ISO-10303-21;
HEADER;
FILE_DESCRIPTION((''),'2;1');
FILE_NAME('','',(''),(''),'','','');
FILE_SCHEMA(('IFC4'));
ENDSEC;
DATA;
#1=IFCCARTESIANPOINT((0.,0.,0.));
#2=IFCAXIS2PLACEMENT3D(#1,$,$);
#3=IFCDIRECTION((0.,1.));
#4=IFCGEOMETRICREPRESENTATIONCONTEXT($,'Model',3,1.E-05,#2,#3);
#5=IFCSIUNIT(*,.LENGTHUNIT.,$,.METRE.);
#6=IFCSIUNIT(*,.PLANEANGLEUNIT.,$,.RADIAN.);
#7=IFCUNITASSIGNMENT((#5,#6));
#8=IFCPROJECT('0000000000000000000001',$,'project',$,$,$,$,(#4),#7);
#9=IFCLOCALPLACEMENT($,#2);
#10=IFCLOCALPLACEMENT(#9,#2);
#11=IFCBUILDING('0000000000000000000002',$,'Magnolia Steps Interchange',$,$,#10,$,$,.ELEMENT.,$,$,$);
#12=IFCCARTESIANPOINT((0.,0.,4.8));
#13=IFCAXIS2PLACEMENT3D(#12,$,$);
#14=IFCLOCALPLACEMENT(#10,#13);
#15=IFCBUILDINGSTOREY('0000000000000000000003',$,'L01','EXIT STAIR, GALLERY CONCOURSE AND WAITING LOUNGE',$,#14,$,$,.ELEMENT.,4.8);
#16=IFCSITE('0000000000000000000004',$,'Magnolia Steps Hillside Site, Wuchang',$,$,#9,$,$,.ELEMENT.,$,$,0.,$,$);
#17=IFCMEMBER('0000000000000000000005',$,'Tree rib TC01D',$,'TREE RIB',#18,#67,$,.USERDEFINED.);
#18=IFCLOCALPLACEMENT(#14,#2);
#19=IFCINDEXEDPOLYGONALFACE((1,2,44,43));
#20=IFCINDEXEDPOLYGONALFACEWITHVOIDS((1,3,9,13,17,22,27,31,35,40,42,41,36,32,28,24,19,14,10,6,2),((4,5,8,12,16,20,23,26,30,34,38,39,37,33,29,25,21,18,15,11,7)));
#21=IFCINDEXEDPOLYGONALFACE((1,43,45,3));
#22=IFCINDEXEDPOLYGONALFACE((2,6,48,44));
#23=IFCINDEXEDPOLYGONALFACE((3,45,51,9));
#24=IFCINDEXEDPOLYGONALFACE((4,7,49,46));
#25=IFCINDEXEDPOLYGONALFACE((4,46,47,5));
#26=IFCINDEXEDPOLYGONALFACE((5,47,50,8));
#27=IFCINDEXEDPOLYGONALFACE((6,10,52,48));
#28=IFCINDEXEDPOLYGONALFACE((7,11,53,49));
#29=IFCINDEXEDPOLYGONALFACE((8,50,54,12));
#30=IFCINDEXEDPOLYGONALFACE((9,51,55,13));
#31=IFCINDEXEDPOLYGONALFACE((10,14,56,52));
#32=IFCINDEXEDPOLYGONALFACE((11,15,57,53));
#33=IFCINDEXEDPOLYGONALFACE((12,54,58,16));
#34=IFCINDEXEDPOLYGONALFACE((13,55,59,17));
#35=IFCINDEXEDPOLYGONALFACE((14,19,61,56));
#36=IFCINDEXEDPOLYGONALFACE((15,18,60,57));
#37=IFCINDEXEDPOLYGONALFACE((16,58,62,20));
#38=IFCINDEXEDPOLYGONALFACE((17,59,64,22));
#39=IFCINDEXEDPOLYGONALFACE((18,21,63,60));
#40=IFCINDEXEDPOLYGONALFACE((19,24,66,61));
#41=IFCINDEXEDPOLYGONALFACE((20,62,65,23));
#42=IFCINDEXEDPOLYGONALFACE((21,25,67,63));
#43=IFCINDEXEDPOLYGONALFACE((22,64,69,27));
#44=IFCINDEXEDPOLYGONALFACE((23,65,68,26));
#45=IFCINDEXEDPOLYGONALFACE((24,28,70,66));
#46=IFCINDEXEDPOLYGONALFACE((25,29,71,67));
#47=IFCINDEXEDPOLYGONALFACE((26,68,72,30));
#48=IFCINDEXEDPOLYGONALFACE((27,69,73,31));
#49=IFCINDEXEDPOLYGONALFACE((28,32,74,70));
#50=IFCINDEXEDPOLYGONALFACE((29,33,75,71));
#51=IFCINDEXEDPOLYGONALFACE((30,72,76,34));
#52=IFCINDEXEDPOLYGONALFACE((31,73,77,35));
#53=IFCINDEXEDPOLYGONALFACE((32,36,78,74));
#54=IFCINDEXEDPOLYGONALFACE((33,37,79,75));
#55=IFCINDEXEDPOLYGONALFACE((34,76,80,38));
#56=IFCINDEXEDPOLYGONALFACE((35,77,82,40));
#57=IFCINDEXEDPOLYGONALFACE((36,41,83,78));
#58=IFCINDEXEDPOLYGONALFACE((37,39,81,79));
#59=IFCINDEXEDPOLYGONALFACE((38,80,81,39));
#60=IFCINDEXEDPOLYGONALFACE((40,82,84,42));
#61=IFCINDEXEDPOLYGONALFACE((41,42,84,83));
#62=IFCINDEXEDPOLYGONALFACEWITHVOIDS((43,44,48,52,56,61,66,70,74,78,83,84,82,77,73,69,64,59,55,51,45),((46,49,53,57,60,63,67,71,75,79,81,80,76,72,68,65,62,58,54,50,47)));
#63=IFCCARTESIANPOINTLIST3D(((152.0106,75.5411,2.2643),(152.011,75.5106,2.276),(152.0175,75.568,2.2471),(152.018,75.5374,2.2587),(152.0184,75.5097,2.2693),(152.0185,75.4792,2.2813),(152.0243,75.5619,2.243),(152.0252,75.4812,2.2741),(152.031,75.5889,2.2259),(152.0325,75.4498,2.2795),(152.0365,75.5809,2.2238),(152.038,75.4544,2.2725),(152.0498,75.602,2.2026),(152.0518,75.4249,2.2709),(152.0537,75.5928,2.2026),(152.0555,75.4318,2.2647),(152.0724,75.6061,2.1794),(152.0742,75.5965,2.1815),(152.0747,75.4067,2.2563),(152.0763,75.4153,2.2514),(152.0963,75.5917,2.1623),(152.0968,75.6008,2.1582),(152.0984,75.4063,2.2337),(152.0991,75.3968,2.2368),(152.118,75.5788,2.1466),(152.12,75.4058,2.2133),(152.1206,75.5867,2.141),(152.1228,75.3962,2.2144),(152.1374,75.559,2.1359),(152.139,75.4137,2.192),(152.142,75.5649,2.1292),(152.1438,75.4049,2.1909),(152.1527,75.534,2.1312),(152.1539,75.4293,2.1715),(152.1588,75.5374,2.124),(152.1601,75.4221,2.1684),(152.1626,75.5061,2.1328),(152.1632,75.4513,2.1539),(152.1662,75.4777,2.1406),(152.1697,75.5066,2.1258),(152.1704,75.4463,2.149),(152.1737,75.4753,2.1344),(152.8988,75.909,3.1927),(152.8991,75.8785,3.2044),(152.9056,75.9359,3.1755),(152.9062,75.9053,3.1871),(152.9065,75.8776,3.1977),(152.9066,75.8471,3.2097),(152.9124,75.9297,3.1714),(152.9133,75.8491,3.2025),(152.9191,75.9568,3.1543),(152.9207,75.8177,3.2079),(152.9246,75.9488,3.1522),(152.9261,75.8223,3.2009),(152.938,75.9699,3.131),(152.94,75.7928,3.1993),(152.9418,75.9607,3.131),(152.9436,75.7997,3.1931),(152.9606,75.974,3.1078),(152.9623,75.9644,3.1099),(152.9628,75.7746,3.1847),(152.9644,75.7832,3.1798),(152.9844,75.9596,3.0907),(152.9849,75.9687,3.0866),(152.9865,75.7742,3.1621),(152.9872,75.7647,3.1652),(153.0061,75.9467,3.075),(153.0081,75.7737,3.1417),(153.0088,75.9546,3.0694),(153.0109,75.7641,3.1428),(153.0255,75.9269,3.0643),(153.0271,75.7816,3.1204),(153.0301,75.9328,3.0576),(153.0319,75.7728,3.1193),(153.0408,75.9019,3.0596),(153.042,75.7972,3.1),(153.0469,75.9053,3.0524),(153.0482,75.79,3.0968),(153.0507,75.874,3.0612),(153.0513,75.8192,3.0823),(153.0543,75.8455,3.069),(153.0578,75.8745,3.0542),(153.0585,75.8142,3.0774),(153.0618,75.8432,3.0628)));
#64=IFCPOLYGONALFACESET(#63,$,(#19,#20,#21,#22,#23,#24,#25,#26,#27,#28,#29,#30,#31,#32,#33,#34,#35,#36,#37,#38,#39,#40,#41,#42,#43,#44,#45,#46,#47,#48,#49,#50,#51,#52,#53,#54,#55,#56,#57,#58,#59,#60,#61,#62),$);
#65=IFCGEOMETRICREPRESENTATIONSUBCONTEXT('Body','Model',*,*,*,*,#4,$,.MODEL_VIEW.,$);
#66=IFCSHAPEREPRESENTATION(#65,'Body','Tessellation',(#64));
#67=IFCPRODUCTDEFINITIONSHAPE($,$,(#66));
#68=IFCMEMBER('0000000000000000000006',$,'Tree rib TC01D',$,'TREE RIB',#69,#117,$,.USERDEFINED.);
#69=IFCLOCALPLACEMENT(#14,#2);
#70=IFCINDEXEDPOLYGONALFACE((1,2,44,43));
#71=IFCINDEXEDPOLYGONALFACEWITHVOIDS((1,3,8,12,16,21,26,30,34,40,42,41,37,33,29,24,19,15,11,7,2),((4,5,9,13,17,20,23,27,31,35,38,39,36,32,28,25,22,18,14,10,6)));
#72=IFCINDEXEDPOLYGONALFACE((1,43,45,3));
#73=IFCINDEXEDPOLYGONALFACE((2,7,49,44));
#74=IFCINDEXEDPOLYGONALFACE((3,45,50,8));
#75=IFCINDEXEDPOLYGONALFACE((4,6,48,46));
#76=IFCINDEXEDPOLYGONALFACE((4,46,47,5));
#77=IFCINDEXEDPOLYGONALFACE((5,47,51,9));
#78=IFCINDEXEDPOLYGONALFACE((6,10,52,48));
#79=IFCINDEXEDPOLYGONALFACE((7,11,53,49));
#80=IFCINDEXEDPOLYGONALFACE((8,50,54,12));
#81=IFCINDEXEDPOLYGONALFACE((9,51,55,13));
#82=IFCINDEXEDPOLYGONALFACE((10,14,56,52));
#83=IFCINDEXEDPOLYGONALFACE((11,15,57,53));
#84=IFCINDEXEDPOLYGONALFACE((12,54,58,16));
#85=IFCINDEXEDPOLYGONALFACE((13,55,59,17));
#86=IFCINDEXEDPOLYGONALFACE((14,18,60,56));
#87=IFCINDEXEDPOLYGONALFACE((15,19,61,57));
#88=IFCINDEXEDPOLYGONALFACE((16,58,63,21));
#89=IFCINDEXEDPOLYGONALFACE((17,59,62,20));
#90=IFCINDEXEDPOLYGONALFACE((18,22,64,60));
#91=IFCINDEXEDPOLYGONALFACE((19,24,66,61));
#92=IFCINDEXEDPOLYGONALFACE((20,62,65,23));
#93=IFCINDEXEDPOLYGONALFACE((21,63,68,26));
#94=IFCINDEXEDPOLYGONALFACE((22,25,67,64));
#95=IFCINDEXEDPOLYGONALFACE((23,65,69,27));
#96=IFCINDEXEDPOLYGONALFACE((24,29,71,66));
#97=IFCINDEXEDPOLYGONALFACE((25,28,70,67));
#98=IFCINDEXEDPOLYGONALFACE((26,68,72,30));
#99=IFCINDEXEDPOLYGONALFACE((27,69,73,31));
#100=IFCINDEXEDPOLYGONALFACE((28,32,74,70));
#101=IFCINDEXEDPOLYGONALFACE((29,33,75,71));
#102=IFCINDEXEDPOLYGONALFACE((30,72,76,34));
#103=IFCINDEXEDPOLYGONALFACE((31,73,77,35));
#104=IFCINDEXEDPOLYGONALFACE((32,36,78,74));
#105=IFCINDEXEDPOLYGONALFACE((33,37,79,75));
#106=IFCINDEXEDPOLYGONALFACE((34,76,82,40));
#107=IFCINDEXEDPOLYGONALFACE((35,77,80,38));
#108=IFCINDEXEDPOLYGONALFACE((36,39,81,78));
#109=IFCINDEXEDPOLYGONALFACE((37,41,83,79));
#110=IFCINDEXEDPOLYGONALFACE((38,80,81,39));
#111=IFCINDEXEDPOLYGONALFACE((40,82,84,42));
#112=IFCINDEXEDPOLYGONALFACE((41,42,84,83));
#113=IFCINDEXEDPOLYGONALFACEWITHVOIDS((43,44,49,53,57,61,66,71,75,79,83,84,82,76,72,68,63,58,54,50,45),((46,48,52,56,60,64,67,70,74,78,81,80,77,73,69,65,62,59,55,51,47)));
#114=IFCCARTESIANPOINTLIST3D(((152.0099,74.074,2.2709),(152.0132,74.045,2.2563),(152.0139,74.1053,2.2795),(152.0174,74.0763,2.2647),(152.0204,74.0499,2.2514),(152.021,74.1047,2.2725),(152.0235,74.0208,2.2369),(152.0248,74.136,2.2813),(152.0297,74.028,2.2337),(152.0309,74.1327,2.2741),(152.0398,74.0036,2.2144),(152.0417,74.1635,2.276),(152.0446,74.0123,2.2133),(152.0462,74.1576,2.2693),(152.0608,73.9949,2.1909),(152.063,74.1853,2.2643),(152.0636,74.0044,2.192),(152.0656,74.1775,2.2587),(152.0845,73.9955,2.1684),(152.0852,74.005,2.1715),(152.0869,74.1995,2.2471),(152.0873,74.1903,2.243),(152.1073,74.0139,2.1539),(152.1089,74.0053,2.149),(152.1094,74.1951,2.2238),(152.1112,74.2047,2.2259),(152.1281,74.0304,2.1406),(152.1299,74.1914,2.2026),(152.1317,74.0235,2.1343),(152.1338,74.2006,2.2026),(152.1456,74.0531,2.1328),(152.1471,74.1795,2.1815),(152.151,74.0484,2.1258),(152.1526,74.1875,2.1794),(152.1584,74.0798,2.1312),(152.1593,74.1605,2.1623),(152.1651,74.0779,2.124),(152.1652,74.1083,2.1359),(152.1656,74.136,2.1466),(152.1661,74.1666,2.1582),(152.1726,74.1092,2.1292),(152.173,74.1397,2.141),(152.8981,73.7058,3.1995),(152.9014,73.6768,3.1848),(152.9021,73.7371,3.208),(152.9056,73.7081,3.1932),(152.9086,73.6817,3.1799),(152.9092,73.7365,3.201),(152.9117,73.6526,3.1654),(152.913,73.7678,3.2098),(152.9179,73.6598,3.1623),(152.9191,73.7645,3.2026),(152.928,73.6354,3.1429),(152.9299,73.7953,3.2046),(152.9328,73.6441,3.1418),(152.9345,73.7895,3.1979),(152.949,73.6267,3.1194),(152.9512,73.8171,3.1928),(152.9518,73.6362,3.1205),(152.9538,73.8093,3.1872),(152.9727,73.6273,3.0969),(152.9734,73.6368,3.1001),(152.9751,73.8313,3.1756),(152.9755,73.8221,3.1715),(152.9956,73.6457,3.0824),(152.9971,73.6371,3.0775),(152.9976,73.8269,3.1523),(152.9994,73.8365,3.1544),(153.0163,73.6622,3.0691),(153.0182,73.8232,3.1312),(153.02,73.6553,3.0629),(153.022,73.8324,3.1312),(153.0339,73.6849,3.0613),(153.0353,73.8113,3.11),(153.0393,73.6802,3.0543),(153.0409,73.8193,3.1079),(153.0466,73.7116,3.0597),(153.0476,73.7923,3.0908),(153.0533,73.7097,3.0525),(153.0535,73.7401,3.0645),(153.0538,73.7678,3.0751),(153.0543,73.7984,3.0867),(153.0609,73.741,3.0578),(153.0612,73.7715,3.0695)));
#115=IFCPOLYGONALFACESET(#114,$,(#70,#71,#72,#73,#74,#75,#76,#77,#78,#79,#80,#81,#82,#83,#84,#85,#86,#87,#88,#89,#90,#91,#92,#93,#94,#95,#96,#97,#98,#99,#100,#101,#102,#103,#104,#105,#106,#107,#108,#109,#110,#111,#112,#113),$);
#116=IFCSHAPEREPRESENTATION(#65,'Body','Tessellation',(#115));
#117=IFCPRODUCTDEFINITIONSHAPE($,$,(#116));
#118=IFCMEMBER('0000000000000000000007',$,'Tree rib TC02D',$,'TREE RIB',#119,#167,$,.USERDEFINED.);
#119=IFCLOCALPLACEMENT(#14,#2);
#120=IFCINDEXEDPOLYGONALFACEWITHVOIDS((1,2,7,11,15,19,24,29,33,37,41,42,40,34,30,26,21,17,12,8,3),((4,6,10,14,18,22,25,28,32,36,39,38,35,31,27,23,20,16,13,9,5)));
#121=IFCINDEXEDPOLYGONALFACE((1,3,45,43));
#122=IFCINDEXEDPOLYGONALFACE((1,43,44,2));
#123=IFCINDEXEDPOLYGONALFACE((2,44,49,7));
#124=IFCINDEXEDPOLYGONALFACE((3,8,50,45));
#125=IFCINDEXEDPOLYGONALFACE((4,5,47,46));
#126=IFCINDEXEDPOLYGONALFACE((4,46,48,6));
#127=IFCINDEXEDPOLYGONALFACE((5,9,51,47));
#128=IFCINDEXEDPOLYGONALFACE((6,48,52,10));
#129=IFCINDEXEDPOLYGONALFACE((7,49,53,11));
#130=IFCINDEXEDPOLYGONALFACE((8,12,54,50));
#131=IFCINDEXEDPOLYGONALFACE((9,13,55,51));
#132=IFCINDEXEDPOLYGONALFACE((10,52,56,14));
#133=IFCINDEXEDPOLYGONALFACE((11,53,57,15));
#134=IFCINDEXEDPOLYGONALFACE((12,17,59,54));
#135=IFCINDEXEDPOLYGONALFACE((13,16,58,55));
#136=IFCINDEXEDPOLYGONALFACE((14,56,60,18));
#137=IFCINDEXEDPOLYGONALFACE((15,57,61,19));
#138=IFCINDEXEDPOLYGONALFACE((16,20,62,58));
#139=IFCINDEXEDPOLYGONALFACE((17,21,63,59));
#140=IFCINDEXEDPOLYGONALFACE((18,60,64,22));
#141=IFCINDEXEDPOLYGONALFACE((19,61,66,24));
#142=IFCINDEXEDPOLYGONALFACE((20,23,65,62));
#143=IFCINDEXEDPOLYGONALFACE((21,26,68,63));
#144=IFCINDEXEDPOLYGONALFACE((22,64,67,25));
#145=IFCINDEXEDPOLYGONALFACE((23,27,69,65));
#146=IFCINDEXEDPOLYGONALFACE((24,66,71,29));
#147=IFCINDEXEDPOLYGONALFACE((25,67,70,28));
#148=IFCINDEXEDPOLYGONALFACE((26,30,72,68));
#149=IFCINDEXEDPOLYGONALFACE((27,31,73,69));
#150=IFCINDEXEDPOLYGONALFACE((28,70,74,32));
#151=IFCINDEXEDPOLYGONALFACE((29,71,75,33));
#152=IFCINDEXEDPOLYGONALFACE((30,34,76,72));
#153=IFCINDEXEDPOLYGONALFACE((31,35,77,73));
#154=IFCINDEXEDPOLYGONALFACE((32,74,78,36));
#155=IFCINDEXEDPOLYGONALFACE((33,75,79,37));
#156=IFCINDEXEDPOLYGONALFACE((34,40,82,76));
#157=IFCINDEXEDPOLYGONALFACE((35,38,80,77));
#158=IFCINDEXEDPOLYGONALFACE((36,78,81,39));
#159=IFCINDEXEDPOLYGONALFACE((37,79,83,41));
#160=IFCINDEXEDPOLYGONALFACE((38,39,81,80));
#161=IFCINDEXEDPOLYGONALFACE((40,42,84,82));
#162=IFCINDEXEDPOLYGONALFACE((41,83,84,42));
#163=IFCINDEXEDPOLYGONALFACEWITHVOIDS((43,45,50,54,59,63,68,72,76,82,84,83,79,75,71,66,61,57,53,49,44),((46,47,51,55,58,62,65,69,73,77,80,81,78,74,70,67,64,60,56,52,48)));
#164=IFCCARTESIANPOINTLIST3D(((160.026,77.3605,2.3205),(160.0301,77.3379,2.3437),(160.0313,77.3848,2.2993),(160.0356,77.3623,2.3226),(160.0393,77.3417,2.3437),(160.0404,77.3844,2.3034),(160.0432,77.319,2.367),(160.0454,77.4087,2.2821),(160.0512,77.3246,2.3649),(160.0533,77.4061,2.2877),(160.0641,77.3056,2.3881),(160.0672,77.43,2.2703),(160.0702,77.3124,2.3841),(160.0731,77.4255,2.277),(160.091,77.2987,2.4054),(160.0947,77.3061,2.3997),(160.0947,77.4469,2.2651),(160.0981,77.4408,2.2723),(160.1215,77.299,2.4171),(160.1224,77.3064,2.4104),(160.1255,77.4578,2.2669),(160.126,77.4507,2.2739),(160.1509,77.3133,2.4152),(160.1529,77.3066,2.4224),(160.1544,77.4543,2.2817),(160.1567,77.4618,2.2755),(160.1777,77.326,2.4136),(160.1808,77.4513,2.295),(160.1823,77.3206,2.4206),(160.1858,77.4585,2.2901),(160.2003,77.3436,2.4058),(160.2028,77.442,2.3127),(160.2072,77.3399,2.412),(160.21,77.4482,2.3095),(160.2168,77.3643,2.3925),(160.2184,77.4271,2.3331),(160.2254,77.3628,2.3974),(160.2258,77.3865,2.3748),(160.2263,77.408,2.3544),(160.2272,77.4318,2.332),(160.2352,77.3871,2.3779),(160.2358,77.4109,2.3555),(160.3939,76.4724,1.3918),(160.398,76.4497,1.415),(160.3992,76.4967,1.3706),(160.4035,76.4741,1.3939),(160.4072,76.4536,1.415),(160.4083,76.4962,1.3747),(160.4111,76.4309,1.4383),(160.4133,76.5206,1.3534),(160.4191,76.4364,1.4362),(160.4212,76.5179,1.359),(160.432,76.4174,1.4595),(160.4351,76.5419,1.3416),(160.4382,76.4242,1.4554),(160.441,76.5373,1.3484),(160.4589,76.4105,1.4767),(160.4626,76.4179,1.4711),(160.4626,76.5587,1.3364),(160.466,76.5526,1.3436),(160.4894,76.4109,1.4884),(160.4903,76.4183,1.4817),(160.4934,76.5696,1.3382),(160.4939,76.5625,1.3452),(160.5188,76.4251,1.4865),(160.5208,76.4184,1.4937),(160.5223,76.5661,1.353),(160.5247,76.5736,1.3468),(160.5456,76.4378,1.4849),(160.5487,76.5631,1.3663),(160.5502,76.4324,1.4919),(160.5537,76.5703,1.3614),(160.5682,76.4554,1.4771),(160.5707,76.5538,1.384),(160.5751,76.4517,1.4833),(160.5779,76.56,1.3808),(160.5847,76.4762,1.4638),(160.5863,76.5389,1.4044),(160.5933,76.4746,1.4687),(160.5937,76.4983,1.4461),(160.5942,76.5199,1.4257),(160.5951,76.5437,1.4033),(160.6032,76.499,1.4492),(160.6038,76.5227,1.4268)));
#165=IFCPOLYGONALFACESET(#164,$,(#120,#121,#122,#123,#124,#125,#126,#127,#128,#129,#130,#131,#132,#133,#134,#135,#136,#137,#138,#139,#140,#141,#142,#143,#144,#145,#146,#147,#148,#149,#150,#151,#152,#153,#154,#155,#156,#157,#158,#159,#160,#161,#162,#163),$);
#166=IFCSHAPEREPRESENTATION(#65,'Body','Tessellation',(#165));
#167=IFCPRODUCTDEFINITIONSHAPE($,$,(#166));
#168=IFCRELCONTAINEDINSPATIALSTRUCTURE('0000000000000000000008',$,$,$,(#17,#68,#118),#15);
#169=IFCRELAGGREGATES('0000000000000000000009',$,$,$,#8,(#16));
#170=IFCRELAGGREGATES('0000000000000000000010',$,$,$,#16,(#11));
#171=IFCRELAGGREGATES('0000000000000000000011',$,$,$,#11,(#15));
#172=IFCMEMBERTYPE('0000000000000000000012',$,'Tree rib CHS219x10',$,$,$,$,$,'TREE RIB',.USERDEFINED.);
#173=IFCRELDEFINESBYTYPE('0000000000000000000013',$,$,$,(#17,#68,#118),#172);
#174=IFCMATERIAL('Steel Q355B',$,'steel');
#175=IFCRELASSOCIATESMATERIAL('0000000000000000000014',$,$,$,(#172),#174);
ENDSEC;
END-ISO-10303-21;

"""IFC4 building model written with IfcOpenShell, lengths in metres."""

from ifc_helpers import new_model, si_unit, direction, frame, origin, origin_2d, place, context, subcontext, project, spatial, hollow_circle, extrude, material, material_profile, profile_set, type_object, element, save


model = new_model("IFC4")

# Units and contexts
model_context = context("Model", 3, precision=1e-05, world=origin(), true_north=direction((0.0, 1.0)))
body_context = subcontext(model_context, "Body", "Model", "MODEL_VIEW")
ifc_project = project(units=[si_unit("LENGTHUNIT", "METRE"), si_unit("PLANEANGLEUNIT", "RADIAN")], contexts=[model_context])

# Site, building, storey
site_placement = place(None, origin())
site = spatial("IfcSite", under=ifc_project, at=site_placement, Name="Magnolia Steps Hillside Site, Wuchang", CompositionType="ELEMENT", RefElevation=0.0)
building_placement = place(site_placement, origin())
building = spatial("IfcBuilding", under=site, at=building_placement, Name="Magnolia Steps Interchange", CompositionType="ELEMENT")
storey_placement = place(building_placement, frame((0.0, 0.0, 4.8)))
storey = spatial("IfcBuildingStorey", under=building, at=storey_placement, Name="L01", Description="EXIT STAIR, GALLERY CONCOURSE AND WAITING LOUNGE", CompositionType="ELEMENT", Elevation=4.8)

# Members
ifc_material_1 = material(Name="Steel Q355B", Category="steel")
ifc_material_profile_1 = material_profile(ifc_material_1, hollow_circle(Radius=0.1096, WallThickness=0.01, at=origin_2d()), Name="CHS219x10")
ifc_profile_set_1 = profile_set([ifc_material_profile_1], Name="Steel Q355B")
member_type = type_object("IfcMemberType", Name="Tree rib CHS219x10", ElementType="TREE RIB", PredefinedType="USERDEFINED", material=ifc_profile_set_1)
member_1_placement = place(storey_placement, frame((152.0918, 75.5007, 2.2026), z_axis=(0.664549, 0.275282, 0.69469), x_axis=(-0.382703, 0.923871, 0.0)))
element("IfcMember", 1, at=member_1_placement, inside=storey, type_object=member_type, Name="Tree rib TC01D", ObjectType="TREE RIB", PredefinedType="USERDEFINED", context=body_context, shape_type="SweptSolid", body=[
    extrude(hollow_circle(Radius=0.1096, WallThickness=0.01, at=origin_2d()), origin(), (0.0, 0.0, 1.0), 1.3364),
])
for number, where, z_axis, x_axis, name in (
    (2, (152.0918, 74.0994, 2.2026), (0.664516, -0.275451, 0.694655), (0.38292, 0.923782, 0.0), "Tree rib TC01D"),
    (3, (160.4993, 76.4917, 1.415), (-0.275247, 0.664465, 0.694784), (-0.923871, -0.382703, 0.0), "Tree rib TC02D"),
):
    element("IfcMember", number, at=place(storey_placement, frame(where, z_axis=z_axis, x_axis=x_axis)), inside=storey, type_object=member_type, Name=name, ObjectType="TREE RIB", PredefinedType="USERDEFINED", context=body_context, shape_type="SweptSolid", body=[
        extrude(hollow_circle(Radius=0.1096, WallThickness=0.01, at=origin_2d()), origin(), (0.0, 0.0, 1.0), 1.3367),
    ])

save(model, "model.ifc")
